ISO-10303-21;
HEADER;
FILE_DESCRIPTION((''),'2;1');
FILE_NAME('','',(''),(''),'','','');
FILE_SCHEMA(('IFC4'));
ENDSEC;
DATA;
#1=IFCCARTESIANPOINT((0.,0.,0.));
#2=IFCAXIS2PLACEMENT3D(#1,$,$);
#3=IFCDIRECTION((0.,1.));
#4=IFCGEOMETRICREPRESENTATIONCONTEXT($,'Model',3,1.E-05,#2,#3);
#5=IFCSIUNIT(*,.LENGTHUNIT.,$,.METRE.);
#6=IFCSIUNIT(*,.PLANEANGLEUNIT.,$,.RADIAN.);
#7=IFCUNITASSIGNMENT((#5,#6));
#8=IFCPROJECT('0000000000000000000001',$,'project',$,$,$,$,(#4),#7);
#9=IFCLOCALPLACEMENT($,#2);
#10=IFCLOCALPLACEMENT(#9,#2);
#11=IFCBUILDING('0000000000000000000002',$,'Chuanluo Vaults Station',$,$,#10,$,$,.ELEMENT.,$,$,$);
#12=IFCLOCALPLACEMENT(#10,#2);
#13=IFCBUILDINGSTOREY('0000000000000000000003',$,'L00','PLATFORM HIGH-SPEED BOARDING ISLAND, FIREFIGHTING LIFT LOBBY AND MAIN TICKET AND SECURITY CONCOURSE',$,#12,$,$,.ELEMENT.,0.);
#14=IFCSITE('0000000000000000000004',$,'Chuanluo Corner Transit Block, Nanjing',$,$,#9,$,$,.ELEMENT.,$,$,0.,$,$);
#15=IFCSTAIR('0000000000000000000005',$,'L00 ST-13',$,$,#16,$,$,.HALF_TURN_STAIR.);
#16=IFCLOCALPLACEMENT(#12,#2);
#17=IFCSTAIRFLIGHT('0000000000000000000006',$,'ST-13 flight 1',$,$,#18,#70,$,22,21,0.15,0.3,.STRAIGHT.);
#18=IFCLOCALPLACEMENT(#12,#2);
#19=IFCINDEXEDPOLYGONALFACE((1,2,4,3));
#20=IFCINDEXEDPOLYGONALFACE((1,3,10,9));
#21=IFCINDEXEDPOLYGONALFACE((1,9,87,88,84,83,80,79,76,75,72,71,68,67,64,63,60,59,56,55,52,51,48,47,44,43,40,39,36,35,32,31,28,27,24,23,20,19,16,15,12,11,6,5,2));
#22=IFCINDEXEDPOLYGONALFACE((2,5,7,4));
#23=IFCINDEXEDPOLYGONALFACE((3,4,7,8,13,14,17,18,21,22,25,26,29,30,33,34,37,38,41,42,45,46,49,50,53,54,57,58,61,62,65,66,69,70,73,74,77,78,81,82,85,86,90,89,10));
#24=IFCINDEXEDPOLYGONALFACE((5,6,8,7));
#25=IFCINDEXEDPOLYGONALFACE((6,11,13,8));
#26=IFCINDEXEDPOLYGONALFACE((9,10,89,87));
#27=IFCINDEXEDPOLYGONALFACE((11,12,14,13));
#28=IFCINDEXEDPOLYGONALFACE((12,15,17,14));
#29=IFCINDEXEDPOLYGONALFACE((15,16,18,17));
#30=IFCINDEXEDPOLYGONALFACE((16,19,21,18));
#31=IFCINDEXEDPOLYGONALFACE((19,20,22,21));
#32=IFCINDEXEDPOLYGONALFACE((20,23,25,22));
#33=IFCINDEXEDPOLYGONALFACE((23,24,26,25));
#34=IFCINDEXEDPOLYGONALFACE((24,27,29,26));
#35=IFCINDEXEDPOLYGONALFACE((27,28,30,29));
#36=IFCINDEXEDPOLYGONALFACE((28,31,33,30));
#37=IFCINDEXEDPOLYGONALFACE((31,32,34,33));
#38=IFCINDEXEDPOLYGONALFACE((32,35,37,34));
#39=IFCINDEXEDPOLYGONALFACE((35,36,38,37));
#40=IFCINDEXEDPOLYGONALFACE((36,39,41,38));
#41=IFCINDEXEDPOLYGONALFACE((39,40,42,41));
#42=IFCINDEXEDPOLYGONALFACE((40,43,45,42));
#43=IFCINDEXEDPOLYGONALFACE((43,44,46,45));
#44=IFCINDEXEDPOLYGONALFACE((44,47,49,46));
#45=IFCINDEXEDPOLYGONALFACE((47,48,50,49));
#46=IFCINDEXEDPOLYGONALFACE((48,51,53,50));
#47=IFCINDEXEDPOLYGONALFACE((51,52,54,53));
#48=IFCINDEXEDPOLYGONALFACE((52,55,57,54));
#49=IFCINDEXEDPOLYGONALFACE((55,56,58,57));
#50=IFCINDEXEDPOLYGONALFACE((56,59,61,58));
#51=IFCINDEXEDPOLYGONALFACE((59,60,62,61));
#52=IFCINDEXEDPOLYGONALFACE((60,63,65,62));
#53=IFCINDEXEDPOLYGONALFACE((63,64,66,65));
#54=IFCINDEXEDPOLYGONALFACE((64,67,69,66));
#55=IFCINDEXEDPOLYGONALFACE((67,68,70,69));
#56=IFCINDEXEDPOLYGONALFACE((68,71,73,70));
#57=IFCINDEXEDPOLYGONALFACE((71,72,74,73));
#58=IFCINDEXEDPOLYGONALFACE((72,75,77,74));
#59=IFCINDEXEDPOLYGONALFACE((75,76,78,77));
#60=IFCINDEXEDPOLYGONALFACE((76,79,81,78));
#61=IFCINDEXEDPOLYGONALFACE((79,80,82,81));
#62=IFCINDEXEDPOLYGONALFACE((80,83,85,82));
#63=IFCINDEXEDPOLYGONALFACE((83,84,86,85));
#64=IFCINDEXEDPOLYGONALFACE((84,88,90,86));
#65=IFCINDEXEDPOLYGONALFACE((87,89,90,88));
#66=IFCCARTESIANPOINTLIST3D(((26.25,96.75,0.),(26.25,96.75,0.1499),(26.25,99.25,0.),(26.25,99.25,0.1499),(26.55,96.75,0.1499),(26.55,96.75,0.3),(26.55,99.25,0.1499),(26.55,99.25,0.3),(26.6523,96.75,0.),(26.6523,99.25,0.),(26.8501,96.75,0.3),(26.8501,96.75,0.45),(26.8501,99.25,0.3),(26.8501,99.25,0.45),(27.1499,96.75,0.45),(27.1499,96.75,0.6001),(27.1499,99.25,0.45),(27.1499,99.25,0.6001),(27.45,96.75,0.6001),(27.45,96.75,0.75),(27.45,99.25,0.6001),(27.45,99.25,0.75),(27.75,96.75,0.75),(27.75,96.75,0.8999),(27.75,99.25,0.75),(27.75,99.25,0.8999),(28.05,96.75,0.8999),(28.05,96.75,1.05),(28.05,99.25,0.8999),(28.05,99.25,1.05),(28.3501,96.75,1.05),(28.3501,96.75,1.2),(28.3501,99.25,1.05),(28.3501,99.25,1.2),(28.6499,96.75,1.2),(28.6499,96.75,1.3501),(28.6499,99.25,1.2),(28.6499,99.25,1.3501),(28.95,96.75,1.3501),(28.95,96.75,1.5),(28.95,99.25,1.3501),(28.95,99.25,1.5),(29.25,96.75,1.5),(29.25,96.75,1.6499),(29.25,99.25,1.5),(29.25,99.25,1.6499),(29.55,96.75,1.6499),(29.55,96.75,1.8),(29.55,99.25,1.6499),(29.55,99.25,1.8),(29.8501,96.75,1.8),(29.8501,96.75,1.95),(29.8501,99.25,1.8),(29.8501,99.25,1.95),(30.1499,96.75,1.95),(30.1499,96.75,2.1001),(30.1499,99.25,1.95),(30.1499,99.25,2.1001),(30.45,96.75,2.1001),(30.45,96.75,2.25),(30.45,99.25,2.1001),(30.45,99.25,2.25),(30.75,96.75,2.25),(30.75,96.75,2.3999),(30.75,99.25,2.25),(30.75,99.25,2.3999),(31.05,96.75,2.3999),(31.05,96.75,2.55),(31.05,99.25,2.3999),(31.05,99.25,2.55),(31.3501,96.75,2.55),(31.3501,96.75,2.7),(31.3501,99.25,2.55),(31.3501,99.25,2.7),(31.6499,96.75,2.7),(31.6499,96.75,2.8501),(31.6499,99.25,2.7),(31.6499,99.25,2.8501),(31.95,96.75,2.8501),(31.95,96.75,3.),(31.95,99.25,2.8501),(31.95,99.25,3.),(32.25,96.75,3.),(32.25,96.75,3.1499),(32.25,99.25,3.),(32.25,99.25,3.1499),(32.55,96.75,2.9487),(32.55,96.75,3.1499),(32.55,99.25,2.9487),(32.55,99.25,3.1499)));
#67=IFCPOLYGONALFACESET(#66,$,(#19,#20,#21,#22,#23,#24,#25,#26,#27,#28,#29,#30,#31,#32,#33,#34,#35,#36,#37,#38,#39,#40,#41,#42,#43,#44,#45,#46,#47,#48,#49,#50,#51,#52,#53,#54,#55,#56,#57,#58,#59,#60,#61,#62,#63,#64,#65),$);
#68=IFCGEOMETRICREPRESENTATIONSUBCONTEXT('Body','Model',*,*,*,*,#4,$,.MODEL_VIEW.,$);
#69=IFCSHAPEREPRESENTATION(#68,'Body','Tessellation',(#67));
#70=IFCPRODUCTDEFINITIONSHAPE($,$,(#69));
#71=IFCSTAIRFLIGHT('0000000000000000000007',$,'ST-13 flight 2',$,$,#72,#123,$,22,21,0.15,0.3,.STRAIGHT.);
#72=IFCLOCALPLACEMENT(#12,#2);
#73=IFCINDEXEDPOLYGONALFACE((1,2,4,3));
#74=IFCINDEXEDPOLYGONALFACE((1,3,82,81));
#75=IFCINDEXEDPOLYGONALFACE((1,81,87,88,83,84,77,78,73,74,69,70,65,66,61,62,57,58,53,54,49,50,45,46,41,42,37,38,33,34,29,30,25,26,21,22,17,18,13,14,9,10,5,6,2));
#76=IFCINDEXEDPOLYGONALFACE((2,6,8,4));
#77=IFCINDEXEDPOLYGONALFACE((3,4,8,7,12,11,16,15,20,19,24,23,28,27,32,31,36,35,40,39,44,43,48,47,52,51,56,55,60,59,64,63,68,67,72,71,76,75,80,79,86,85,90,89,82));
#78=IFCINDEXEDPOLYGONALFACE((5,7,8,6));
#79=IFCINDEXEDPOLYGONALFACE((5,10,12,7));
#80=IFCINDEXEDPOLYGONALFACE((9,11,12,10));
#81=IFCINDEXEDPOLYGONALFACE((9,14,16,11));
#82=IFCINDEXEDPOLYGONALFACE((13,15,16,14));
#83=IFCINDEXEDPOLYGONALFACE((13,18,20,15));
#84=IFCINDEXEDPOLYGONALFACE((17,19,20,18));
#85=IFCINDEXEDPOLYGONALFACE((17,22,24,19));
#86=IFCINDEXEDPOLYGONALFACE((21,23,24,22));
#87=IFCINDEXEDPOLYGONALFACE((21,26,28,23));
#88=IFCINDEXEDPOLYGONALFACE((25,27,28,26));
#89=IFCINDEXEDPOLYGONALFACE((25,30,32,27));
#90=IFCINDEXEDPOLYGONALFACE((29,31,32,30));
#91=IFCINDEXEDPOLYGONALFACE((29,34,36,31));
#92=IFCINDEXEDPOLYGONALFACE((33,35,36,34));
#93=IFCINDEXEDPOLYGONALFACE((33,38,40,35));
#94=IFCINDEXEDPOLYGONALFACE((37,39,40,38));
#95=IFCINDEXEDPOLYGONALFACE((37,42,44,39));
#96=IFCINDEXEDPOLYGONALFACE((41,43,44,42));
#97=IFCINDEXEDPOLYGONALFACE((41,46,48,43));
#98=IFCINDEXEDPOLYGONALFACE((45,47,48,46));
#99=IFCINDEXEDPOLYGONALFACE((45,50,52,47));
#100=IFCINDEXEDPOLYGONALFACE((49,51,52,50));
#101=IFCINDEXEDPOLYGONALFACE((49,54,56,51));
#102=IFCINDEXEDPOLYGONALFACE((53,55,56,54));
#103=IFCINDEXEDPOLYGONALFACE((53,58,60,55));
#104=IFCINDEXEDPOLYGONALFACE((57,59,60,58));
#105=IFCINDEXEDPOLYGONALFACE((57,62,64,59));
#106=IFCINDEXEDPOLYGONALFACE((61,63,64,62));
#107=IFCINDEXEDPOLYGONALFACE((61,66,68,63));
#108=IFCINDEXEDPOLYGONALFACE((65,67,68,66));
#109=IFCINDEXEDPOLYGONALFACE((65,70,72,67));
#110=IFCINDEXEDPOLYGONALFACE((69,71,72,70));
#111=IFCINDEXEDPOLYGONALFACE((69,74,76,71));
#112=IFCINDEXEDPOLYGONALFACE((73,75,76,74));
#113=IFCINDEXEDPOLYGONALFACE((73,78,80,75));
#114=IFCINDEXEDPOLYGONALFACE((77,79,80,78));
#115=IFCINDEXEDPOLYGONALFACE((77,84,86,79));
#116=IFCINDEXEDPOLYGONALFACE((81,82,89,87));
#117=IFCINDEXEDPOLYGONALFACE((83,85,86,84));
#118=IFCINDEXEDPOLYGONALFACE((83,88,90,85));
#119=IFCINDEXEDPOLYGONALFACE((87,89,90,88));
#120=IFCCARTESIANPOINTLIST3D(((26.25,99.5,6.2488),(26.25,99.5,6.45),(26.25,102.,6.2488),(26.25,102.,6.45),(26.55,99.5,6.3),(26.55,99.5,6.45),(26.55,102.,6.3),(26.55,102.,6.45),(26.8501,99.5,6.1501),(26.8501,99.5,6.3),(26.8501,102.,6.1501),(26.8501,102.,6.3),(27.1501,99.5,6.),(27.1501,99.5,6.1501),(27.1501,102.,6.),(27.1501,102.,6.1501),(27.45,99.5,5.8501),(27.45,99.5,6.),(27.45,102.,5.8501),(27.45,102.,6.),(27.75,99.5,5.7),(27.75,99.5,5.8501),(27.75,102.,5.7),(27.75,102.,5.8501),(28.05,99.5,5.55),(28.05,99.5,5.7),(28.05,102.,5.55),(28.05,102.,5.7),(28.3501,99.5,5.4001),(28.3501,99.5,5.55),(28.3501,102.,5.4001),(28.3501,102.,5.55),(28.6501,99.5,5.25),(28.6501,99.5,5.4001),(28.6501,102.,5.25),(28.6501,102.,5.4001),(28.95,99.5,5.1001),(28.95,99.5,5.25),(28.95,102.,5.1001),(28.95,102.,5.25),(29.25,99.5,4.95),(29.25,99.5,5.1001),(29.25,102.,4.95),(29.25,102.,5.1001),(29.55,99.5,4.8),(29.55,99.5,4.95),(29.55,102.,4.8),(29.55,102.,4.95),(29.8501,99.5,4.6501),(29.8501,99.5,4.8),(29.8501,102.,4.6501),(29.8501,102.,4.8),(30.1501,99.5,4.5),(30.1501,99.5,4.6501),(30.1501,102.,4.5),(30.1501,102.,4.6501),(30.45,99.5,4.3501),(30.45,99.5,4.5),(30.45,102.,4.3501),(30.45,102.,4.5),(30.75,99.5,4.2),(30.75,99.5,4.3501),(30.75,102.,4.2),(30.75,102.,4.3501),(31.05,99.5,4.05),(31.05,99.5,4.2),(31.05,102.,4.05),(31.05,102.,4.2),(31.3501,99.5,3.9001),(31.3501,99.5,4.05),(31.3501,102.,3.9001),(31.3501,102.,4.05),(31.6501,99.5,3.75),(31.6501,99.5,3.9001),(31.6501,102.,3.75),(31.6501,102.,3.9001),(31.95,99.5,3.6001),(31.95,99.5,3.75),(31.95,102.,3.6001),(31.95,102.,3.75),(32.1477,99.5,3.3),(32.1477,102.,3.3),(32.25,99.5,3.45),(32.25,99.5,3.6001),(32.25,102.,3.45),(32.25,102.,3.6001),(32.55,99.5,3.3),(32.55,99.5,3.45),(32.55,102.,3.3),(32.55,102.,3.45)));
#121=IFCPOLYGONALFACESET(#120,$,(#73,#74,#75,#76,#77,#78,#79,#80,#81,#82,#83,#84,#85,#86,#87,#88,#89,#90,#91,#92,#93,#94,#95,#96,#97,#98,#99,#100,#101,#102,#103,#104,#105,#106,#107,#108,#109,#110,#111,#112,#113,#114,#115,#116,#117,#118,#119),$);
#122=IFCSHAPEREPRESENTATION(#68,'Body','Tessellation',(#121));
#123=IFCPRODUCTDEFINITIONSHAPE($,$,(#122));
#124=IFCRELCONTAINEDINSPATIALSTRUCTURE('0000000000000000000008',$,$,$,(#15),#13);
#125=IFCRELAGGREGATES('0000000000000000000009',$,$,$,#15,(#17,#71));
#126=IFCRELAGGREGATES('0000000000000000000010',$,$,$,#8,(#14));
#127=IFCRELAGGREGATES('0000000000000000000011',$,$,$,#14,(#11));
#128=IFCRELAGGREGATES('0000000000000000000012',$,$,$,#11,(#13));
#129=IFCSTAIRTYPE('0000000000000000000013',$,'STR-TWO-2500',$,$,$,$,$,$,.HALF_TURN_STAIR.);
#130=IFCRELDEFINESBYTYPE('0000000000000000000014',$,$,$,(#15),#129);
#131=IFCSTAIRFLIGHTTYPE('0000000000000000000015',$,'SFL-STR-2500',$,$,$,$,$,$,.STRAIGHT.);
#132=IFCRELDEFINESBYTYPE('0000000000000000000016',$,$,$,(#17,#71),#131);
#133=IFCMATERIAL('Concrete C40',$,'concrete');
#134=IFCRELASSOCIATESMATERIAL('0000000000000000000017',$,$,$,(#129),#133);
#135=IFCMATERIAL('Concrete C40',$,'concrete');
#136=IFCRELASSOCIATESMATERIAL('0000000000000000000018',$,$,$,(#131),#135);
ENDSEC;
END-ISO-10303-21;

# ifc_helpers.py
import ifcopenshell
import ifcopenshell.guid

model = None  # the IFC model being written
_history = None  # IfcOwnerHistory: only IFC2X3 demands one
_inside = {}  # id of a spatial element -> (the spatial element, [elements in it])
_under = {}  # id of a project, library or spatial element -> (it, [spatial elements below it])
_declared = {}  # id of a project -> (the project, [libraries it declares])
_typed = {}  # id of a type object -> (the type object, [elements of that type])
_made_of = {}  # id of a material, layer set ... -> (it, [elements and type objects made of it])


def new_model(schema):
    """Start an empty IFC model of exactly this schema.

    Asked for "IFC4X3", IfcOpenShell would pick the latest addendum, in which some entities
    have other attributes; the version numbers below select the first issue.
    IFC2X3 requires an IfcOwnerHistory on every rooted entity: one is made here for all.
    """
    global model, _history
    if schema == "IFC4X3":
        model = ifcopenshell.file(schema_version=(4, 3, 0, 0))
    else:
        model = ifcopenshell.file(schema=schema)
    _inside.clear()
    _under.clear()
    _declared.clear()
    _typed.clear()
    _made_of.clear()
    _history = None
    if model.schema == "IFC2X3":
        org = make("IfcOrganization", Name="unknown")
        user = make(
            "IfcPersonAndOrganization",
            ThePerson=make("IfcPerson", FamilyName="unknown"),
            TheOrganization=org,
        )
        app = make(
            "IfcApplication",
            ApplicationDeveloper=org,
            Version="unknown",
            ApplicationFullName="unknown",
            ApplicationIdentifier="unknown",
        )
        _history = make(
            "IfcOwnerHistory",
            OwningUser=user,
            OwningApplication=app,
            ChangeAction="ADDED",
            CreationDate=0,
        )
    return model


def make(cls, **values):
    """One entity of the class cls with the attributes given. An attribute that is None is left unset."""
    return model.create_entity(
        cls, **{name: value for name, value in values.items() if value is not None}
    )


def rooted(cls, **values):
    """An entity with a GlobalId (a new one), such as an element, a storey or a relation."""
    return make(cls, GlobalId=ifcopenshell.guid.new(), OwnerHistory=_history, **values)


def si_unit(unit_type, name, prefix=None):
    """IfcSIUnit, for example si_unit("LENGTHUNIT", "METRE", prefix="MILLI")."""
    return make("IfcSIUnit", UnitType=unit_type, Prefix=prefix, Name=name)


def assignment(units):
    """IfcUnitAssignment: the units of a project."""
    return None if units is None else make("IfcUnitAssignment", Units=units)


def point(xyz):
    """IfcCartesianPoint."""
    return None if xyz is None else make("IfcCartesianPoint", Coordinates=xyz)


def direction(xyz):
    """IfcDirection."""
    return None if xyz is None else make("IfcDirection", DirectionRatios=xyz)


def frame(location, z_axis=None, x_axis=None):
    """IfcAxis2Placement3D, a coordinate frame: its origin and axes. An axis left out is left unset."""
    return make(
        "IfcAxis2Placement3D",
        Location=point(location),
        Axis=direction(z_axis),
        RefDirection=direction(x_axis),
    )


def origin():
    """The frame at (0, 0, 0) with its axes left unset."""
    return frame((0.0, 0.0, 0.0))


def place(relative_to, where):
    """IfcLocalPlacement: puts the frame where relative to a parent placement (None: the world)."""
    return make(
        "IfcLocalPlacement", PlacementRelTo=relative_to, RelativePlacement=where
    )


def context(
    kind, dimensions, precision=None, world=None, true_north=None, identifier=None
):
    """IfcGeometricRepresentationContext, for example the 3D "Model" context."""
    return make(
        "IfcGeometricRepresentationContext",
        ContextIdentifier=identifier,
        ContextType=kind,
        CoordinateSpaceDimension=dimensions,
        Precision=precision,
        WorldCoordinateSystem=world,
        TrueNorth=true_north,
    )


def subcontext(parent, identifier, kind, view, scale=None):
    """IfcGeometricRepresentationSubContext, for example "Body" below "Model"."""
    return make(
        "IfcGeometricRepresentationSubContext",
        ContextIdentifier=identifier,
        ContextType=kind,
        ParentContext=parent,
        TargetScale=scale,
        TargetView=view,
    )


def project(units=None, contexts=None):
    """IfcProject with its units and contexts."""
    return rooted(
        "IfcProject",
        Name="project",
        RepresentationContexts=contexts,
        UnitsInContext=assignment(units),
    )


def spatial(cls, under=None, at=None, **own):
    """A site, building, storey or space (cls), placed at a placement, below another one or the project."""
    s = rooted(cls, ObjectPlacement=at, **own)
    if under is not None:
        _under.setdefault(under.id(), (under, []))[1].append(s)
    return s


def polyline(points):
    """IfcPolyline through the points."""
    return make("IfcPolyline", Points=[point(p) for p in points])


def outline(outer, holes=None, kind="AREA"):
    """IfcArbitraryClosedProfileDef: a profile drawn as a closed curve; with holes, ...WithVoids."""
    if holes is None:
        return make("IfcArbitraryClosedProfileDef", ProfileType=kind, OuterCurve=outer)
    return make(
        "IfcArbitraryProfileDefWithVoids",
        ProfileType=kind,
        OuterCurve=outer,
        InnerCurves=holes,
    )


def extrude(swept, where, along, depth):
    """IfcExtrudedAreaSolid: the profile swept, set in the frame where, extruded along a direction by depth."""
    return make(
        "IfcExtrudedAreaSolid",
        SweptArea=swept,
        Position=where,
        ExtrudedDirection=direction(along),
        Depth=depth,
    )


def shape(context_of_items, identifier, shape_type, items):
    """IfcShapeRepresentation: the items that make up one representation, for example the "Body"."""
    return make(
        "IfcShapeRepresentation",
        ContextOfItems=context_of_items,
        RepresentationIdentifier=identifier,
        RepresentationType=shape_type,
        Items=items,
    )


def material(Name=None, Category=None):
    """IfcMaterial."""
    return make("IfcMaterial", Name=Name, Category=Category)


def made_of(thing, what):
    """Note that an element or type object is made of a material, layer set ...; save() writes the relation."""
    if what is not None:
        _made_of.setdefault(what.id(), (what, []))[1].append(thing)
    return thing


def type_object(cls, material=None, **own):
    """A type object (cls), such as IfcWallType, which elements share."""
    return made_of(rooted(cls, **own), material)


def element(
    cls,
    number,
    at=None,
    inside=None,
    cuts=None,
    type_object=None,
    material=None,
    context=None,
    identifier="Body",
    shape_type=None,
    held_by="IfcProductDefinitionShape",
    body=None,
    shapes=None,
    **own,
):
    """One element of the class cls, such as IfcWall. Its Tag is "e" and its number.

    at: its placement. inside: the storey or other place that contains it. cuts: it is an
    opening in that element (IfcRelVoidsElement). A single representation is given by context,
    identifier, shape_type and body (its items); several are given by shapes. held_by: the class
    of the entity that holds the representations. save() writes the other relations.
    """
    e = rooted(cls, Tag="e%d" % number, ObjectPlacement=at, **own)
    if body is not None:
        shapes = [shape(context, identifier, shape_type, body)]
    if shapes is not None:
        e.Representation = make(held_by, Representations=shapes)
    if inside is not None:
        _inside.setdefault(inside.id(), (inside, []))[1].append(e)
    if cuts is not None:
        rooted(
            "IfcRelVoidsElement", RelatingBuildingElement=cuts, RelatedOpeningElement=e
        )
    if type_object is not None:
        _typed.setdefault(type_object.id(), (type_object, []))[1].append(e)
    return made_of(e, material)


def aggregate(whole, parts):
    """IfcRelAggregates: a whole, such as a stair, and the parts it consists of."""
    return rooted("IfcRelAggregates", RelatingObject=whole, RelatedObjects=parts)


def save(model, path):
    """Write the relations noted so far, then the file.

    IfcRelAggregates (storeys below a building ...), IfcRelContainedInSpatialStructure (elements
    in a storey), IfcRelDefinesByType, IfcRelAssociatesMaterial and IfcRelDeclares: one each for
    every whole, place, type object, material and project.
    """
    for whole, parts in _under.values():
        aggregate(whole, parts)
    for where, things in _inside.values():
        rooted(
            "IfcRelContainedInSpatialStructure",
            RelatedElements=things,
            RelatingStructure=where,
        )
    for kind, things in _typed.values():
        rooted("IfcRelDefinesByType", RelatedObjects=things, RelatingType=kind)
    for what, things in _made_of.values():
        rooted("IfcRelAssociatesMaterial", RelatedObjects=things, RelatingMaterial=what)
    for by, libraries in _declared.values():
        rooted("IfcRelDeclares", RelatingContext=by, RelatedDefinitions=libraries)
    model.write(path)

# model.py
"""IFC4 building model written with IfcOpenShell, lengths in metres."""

from ifc_helpers import new_model, si_unit, direction, frame, origin, place, context, subcontext, project, spatial, polyline, outline, extrude, material, type_object, element, aggregate, save


model = new_model("IFC4")

# Units and contexts
model_context = context("Model", 3, precision=1e-05, world=origin(), true_north=direction((0.0, 1.0)))
body_context = subcontext(model_context, "Body", "Model", "MODEL_VIEW")
ifc_project = project(units=[si_unit("LENGTHUNIT", "METRE"), si_unit("PLANEANGLEUNIT", "RADIAN")], contexts=[model_context])

# Site, building, storey
site_placement = place(None, origin())
site = spatial("IfcSite", under=ifc_project, at=site_placement, Name="Chuanluo Corner Transit Block, Nanjing", CompositionType="ELEMENT", RefElevation=0.0)
building_placement = place(site_placement, origin())
building = spatial("IfcBuilding", under=site, at=building_placement, Name="Chuanluo Vaults Station", CompositionType="ELEMENT")
storey_placement = place(building_placement, origin())
storey = spatial("IfcBuildingStorey", under=building, at=storey_placement, Name="L00", Description="PLATFORM HIGH-SPEED BOARDING ISLAND, FIREFIGHTING LIFT LOBBY AND MAIN TICKET AND SECURITY CONCOURSE", CompositionType="ELEMENT", Elevation=0.0)

# Stair, stair flights
ifc_material_1 = material(Name="Concrete C40", Category="concrete")
stair_type = type_object("IfcStairType", Name="STR-TWO-2500", PredefinedType="HALF_TURN_STAIR", material=ifc_material_1)
stair_placement = place(storey_placement, origin())
stair = element("IfcStair", 1, at=stair_placement, inside=storey, type_object=stair_type, Name="L00 ST-13", PredefinedType="HALF_TURN_STAIR")
ifc_material_2 = material(Name="Concrete C40", Category="concrete")
stair_flight_type = type_object("IfcStairFlightType", Name="SFL-STR-2500", PredefinedType="STRAIGHT", material=ifc_material_2)
stair_flight_1_placement = place(storey_placement, frame((26.25, 98.0, 0.0), z_axis=(0.0, 0.0, 1.0), x_axis=(1.0, 0.0, 0.0)))
stair_flight_1 = element("IfcStairFlight", 2, at=stair_flight_1_placement, type_object=stair_flight_type, Name="ST-13 flight 1", NumberOfRisers=22, NumberOfTreads=21, PredefinedType="STRAIGHT", RiserHeight=0.15, TreadLength=0.3, context=body_context, shape_type="SweptSolid", body=[
    extrude(outline(polyline([(0.0, 0.0), (0.0, 0.1499), (0.3, 0.1499), (0.3, 0.3), (0.6001, 0.3), (0.6001, 0.45), (0.8999, 0.45), (0.8999, 0.6001), (1.2, 0.6001), (1.2, 0.75), (1.5, 0.75), (1.5, 0.8999), (1.8, 0.8999), (1.8, 1.05), (2.1001, 1.05), (2.1001, 1.2), (2.3999, 1.2), (2.3999, 1.3501), (2.7, 1.3501), (2.7, 1.5), (3.0, 1.5), (3.0, 1.6499), (3.3, 1.6499), (3.3, 1.8), (3.6001, 1.8), (3.6001, 1.95), (3.8999, 1.95), (3.8999, 2.1001), (4.2, 2.1001), (4.2, 2.25), (4.5, 2.25), (4.5, 2.3999), (4.8, 2.3999), (4.8, 2.55), (5.1001, 2.55), (5.1001, 2.7), (5.3999, 2.7), (5.3999, 2.8501), (5.7, 2.8501), (5.7, 3.0), (6.0, 3.0), (6.0, 3.1499), (6.3, 3.1499), (6.3, 3.3), (6.3, 2.9487), (0.4023, 0.0), (0.0, 0.0)])), frame((0.0, 1.25, 0.0), z_axis=(0.0, -1.0, 0.0), x_axis=(1.0, 0.0, 0.0)), (0.0, 0.0, 1.0), 2.5),
])
stair_flight_2_placement = place(storey_placement, frame((32.55, 100.75, 3.3), z_axis=(0.0, 0.0, 1.0), x_axis=(-1.0, 0.0, 0.0)))
stair_flight_2 = element("IfcStairFlight", 3, at=stair_flight_2_placement, type_object=stair_flight_type, Name="ST-13 flight 2", NumberOfRisers=22, NumberOfTreads=21, PredefinedType="STRAIGHT", RiserHeight=0.15, TreadLength=0.3, context=body_context, shape_type="SweptSolid", body=[
    extrude(outline(polyline([(0.0, 0.0), (0.0, 0.1499), (0.3, 0.1499), (0.3, 0.3), (0.6001, 0.3), (0.6001, 0.45), (0.8999, 0.45), (0.8999, 0.6001), (1.2, 0.6001), (1.2, 0.75), (1.5, 0.75), (1.5, 0.8999), (1.8, 0.8999), (1.8, 1.05), (2.1001, 1.05), (2.1001, 1.2), (2.3999, 1.2), (2.3999, 1.3501), (2.7, 1.3501), (2.7, 1.5), (3.0, 1.5), (3.0, 1.6499), (3.3, 1.6499), (3.3, 1.8), (3.6001, 1.8), (3.6001, 1.95), (3.8999, 1.95), (3.8999, 2.1001), (4.2, 2.1001), (4.2, 2.25), (4.5, 2.25), (4.5, 2.3999), (4.8, 2.3999), (4.8, 2.55), (5.1001, 2.55), (5.1001, 2.7), (5.3999, 2.7), (5.3999, 2.8501), (5.7, 2.8501), (5.7, 3.0), (6.0, 3.0), (6.0, 3.1499), (6.3, 3.1499), (6.3, 3.3), (6.3, 2.9487), (0.4023, 0.0), (0.0, 0.0)])), frame((0.0, 1.25, 0.0), z_axis=(0.0, -1.0, 0.0), x_axis=(1.0, 0.0, 0.0)), (0.0, 0.0, 1.0), 2.5),
])
aggregate(stair, [stair_flight_1, stair_flight_2])

save(model, "model.ifc")
